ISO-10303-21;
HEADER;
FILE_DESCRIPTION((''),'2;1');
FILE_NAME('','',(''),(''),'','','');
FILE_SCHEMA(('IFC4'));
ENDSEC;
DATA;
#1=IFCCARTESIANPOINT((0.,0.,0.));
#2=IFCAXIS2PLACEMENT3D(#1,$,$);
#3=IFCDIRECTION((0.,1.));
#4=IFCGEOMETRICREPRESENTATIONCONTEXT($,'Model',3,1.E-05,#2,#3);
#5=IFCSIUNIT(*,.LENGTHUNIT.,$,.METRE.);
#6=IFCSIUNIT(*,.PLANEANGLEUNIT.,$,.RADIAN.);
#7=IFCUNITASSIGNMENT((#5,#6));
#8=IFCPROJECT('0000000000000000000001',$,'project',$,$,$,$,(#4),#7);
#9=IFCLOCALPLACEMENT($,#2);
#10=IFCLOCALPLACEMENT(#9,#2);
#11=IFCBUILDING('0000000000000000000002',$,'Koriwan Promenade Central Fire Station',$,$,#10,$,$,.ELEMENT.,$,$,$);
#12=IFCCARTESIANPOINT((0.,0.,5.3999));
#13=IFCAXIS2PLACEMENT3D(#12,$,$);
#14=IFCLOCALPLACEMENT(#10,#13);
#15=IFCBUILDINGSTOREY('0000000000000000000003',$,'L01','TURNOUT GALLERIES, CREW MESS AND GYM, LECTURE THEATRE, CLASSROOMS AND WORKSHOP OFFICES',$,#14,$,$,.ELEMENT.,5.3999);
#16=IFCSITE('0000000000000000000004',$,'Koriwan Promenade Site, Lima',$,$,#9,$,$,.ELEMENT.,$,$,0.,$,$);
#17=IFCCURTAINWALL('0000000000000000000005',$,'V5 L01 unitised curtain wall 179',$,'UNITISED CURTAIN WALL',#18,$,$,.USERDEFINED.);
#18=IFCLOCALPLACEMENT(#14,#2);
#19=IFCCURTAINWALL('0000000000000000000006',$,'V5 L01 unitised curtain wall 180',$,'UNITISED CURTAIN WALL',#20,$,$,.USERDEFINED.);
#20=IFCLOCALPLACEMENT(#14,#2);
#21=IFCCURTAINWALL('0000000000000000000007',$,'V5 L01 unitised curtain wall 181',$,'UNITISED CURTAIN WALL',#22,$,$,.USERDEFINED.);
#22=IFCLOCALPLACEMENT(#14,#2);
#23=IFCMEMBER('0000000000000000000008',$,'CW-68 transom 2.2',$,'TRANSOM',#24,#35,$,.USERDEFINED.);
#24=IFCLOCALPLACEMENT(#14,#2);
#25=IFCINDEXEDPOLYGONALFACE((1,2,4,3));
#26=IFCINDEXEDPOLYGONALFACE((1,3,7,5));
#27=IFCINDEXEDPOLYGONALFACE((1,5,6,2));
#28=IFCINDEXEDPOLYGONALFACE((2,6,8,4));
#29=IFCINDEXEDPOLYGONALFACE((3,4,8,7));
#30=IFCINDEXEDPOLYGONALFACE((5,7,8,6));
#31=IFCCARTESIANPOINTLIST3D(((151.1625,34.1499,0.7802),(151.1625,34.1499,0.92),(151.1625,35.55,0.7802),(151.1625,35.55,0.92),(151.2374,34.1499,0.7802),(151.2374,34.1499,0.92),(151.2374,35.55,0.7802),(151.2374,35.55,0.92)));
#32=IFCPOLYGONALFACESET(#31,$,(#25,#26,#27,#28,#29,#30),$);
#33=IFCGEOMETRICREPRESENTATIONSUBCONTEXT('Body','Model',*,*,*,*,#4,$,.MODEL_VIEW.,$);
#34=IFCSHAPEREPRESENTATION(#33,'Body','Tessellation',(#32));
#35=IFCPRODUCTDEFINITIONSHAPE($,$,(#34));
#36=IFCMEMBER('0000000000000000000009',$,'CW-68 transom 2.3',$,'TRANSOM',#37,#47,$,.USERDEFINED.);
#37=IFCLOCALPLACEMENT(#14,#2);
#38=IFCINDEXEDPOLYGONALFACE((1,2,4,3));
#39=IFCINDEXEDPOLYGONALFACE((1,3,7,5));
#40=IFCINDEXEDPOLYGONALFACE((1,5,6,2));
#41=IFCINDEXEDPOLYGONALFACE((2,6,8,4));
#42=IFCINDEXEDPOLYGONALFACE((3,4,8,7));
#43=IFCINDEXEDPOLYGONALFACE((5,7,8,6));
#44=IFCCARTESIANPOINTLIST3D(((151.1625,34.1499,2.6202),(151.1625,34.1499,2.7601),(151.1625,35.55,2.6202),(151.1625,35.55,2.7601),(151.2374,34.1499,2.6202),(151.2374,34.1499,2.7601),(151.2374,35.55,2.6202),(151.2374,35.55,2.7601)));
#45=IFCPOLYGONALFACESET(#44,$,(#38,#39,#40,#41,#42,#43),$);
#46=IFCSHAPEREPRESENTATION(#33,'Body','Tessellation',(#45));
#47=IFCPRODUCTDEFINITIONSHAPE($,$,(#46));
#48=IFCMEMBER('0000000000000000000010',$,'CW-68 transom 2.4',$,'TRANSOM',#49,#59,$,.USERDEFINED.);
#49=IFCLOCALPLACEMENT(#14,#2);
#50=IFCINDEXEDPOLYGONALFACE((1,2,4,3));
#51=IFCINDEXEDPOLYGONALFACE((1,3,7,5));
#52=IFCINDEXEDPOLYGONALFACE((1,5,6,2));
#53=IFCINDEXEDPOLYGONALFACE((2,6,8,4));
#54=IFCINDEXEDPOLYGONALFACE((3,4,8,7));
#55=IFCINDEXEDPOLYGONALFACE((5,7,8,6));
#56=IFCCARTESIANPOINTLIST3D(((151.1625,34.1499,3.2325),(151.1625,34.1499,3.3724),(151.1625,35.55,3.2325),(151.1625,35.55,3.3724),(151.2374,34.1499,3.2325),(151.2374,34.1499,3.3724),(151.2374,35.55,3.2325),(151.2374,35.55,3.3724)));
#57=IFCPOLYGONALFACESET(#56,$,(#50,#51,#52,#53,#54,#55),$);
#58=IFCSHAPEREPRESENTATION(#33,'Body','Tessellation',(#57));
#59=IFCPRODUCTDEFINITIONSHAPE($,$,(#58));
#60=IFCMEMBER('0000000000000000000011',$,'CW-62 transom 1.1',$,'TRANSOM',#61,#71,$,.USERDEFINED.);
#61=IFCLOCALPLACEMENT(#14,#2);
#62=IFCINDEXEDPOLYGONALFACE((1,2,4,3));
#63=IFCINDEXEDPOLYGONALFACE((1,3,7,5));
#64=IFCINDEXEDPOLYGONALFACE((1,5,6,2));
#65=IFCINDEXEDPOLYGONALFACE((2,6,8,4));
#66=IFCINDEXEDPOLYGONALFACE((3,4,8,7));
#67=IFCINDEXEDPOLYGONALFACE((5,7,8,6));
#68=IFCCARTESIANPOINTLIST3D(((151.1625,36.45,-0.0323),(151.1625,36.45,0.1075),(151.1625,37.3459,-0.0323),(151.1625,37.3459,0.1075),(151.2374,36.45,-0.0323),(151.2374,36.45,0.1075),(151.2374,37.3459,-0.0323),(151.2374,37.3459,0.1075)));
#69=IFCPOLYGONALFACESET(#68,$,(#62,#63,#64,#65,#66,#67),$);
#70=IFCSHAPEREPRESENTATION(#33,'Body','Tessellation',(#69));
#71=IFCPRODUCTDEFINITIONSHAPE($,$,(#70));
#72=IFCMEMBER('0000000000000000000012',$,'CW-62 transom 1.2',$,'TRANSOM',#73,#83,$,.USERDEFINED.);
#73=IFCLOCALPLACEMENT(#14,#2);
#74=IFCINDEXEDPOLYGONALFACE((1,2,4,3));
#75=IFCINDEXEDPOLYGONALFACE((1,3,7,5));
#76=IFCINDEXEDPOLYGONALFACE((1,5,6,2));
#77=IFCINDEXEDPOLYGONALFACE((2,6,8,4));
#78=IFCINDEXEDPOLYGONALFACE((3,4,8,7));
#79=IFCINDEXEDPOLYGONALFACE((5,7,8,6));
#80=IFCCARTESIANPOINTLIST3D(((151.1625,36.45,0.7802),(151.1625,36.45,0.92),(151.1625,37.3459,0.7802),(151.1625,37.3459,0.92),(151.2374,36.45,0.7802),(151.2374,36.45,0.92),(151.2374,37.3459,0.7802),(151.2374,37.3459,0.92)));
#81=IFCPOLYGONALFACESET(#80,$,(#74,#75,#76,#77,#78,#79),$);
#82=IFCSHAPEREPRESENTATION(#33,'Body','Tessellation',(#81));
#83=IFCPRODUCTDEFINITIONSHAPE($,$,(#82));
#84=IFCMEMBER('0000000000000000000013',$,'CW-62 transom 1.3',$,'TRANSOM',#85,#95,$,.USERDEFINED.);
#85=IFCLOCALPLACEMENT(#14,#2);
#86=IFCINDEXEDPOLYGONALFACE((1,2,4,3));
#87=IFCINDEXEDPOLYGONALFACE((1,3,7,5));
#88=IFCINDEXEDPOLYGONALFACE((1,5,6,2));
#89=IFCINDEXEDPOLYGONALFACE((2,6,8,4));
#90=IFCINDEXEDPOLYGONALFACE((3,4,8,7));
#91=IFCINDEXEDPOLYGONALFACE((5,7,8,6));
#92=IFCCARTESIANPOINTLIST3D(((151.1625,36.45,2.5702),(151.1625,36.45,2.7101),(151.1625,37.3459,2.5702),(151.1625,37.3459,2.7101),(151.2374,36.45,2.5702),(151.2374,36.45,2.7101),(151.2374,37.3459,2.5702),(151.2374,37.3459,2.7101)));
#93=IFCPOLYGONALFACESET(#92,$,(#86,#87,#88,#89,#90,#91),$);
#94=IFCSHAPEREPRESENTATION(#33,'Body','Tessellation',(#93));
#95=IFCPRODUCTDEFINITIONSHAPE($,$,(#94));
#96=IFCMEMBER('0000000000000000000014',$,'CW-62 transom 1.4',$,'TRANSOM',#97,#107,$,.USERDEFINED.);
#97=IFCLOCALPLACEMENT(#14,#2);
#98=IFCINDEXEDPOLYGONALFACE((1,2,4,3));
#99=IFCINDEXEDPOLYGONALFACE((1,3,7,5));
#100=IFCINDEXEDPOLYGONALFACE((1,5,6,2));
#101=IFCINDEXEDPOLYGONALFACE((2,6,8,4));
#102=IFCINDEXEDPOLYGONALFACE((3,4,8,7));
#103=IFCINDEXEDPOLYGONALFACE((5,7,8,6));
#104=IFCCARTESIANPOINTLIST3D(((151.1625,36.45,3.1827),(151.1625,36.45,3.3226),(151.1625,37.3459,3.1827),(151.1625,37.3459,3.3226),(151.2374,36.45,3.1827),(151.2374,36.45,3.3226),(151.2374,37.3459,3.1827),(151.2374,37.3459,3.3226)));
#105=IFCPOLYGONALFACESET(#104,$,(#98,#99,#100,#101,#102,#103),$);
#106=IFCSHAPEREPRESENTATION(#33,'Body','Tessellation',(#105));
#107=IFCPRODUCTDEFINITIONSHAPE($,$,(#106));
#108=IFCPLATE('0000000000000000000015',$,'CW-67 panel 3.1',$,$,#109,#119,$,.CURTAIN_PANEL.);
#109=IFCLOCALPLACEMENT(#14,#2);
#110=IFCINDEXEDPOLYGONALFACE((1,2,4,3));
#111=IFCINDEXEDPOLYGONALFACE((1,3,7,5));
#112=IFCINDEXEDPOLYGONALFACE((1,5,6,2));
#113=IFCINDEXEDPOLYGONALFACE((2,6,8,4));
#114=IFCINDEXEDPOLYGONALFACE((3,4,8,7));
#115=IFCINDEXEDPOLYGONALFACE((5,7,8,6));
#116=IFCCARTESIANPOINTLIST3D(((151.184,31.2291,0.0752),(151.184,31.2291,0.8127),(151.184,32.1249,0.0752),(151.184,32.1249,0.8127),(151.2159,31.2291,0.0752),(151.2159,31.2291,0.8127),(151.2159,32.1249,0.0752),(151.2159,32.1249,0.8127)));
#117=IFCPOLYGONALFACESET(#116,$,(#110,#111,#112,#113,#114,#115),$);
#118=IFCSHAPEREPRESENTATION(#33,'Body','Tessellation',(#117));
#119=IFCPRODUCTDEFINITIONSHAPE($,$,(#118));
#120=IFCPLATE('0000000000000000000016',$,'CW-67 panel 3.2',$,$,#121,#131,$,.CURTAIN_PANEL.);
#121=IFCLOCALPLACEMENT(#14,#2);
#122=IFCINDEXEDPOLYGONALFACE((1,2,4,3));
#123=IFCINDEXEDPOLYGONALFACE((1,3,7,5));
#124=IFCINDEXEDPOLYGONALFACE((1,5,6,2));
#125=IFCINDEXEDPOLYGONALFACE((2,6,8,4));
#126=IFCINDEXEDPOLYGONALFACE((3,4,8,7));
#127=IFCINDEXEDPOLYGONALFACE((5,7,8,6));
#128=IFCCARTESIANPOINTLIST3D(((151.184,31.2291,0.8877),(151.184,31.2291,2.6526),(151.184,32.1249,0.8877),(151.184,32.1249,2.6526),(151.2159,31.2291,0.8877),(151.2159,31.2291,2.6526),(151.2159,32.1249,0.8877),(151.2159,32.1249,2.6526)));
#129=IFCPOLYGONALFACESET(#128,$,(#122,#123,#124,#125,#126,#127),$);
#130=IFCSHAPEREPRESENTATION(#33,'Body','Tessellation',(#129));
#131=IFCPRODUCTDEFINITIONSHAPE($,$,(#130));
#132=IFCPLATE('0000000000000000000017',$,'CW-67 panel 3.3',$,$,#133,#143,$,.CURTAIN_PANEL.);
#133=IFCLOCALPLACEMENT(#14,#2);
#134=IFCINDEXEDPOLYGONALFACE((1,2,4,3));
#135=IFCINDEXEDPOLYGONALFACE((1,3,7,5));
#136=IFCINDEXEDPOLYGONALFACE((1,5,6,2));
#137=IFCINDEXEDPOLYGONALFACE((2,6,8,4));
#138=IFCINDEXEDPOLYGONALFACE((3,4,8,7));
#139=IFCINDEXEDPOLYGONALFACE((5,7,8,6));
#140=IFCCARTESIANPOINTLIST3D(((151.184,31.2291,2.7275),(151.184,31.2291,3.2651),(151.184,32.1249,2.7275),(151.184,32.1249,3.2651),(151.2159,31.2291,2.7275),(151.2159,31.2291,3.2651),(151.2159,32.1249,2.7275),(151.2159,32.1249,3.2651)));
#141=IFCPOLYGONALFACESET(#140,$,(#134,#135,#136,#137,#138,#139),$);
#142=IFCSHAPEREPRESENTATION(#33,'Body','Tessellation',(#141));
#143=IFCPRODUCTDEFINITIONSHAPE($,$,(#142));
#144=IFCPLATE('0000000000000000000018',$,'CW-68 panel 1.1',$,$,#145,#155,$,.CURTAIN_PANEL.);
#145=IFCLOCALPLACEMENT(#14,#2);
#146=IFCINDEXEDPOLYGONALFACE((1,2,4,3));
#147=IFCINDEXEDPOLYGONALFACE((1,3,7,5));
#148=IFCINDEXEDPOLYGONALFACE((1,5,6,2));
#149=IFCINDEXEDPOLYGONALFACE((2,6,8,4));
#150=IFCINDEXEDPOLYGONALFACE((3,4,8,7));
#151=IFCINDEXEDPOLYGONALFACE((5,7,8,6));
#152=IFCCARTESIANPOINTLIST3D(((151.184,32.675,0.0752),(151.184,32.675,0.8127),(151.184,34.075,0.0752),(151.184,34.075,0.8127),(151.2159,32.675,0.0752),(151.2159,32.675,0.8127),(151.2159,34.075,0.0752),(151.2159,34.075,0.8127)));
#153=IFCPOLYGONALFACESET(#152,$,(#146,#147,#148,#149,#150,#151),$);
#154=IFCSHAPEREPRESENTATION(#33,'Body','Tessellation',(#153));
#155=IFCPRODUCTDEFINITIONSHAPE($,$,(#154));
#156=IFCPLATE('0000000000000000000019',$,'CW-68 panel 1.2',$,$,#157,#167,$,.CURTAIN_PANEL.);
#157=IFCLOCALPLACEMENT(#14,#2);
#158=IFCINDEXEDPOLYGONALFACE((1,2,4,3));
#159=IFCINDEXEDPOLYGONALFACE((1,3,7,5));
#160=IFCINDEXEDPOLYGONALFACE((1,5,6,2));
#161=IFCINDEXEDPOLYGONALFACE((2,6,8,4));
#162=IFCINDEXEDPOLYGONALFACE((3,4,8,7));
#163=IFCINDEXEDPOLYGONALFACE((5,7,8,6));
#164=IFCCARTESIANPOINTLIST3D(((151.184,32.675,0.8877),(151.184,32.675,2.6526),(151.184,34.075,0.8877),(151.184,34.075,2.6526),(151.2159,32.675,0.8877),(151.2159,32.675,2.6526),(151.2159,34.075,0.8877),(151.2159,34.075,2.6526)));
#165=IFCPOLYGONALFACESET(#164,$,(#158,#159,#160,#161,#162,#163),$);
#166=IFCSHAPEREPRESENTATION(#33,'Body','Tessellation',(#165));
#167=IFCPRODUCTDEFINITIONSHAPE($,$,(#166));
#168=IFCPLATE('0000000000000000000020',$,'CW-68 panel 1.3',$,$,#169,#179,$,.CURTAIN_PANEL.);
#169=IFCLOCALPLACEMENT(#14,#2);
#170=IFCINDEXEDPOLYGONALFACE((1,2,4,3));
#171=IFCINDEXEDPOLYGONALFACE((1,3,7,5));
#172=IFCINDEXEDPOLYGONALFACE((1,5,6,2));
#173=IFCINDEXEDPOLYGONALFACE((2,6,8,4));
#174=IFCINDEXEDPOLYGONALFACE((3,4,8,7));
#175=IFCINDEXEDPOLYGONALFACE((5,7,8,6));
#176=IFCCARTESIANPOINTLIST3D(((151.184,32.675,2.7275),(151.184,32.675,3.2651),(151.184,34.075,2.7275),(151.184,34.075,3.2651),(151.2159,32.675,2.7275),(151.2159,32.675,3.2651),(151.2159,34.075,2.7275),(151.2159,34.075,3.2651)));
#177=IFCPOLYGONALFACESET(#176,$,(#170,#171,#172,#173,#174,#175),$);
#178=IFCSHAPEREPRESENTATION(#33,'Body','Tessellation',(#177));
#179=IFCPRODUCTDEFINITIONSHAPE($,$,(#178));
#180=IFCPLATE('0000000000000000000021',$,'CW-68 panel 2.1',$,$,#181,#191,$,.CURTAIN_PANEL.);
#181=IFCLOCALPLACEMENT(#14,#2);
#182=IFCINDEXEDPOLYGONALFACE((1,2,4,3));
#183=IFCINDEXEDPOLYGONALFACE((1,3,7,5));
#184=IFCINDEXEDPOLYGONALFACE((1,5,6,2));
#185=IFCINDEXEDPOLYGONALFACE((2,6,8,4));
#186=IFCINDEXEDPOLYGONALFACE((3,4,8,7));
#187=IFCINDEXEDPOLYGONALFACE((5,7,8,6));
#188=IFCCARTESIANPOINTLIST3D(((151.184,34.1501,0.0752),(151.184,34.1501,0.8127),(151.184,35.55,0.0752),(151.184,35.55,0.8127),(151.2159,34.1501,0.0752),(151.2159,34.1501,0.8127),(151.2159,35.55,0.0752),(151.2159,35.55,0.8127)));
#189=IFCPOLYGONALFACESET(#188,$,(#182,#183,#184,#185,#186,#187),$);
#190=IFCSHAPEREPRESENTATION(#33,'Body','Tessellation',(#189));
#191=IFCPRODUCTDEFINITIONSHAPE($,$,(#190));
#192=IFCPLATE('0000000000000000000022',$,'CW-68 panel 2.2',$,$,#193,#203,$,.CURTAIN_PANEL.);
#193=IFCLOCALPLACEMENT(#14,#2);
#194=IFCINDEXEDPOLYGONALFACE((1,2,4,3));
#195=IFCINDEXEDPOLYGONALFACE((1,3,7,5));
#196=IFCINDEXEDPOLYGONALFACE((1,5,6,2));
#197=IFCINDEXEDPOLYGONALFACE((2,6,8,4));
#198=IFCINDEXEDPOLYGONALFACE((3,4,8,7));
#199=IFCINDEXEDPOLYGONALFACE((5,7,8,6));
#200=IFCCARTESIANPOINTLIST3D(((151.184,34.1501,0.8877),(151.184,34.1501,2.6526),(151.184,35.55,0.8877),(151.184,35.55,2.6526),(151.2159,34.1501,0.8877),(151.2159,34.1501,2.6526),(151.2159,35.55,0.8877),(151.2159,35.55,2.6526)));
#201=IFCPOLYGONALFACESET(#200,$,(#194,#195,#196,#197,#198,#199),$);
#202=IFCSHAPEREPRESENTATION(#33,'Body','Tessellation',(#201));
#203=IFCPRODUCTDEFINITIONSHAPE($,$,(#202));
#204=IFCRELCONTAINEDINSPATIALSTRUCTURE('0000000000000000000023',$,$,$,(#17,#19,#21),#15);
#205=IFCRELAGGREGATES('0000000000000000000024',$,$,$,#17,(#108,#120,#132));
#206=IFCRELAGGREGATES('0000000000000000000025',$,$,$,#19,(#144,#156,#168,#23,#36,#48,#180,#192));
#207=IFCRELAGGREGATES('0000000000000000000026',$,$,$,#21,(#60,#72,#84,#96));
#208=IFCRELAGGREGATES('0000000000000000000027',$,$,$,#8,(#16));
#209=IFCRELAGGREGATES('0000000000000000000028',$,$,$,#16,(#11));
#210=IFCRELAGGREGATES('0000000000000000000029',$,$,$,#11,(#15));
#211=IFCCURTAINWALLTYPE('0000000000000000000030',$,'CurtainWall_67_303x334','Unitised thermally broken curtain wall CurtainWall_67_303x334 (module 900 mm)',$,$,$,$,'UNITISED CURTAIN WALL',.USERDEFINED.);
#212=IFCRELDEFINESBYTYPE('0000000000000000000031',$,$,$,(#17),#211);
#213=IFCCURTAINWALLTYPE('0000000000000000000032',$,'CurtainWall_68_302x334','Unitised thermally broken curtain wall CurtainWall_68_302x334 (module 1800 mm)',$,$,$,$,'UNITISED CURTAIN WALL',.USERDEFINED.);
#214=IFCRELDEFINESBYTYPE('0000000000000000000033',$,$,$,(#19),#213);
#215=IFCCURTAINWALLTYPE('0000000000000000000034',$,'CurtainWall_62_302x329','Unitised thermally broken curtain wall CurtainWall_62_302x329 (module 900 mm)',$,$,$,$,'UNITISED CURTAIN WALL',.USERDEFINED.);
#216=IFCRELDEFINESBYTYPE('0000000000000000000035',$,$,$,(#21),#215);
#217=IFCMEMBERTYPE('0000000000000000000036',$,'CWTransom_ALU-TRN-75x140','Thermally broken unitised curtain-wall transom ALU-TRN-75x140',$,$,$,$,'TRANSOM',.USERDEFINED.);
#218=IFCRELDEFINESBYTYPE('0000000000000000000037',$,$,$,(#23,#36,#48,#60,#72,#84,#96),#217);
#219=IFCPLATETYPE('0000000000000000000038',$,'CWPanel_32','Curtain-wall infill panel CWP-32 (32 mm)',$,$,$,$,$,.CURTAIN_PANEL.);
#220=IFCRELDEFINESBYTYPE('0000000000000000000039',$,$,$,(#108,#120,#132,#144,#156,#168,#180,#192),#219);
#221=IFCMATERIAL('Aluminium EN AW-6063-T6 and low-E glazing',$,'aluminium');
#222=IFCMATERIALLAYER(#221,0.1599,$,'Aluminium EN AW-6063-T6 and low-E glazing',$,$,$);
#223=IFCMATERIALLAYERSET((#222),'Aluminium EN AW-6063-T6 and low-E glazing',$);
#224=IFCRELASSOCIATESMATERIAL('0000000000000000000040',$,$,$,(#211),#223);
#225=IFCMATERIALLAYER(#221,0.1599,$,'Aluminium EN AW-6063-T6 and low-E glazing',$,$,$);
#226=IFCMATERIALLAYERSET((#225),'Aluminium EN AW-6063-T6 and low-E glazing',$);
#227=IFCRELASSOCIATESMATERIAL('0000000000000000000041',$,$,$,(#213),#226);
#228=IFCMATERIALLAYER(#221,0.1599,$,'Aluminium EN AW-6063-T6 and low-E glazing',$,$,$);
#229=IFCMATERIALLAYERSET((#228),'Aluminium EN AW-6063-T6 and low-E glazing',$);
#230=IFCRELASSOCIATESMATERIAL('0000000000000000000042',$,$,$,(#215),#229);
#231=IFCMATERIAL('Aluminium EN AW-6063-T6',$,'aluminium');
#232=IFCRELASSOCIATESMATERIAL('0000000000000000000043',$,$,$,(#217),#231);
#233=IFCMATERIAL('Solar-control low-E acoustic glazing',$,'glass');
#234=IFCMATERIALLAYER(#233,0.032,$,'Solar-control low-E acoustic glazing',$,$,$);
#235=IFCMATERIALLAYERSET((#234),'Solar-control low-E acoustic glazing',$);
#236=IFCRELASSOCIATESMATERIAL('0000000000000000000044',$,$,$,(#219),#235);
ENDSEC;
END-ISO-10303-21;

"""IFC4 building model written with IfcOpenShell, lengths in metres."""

from ifc_helpers import new_model, si_unit, direction, frame, origin, origin_2d, place, context, subcontext, project, spatial, rectangle, extrude, material, layer, layer_set, material_profile, profile_set, type_object, element, aggregate, save


model = new_model("IFC4")

# Units and contexts
model_context = context("Model", 3, precision=1e-05, world=origin(), true_north=direction((0.0, 1.0)))
body_context = subcontext(model_context, "Body", "Model", "MODEL_VIEW")
ifc_project = project(units=[si_unit("LENGTHUNIT", "METRE"), si_unit("PLANEANGLEUNIT", "RADIAN")], contexts=[model_context])

# Site, building, storey
site_placement = place(None, origin())
site = spatial("IfcSite", under=ifc_project, at=site_placement, Name="Koriwan Promenade Site, Lima", CompositionType="ELEMENT", RefElevation=0.0)
building_placement = place(site_placement, origin())
building = spatial("IfcBuilding", under=site, at=building_placement, Name="Koriwan Promenade Central Fire Station", CompositionType="ELEMENT")
storey_placement = place(building_placement, frame((0.0, 0.0, 5.3999)))
storey = spatial("IfcBuildingStorey", under=building, at=storey_placement, Name="L01", Description="TURNOUT GALLERIES, CREW MESS AND GYM, LECTURE THEATRE, CLASSROOMS AND WORKSHOP OFFICES", CompositionType="ELEMENT", Elevation=5.3999)

# Curtain wall
ifc_material_1 = material(Name="Aluminium EN AW-6063-T6 and low-E glazing", Category="aluminium")
ifc_layer_1 = layer(ifc_material_1, 0.1599, Name="Aluminium EN AW-6063-T6 and low-E glazing")
ifc_layer_set_1 = layer_set([ifc_layer_1], Name="Aluminium EN AW-6063-T6 and low-E glazing")
curtain_wall_type_1 = type_object("IfcCurtainWallType", Name="CurtainWall_67_303x334", Description="Unitised thermally broken curtain wall CurtainWall_67_303x334 (module 900 mm)", ElementType="UNITISED CURTAIN WALL", PredefinedType="USERDEFINED", material=ifc_layer_set_1)
curtain_wall_1_placement = place(storey_placement, origin())
curtain_wall_1 = element("IfcCurtainWall", 1, at=curtain_wall_1_placement, inside=storey, type_object=curtain_wall_type_1, Name="V5 L01 unitised curtain wall 179", ObjectType="UNITISED CURTAIN WALL", PredefinedType="USERDEFINED")
ifc_material_2 = material(Name="Aluminium EN AW-6063-T6", Category="aluminium")

# Curtain wall
ifc_layer_2 = layer(ifc_material_1, 0.1599, Name="Aluminium EN AW-6063-T6 and low-E glazing")
ifc_layer_set_2 = layer_set([ifc_layer_2], Name="Aluminium EN AW-6063-T6 and low-E glazing")
curtain_wall_type_2 = type_object("IfcCurtainWallType", Name="CurtainWall_68_302x334", Description="Unitised thermally broken curtain wall CurtainWall_68_302x334 (module 1800 mm)", ElementType="UNITISED CURTAIN WALL", PredefinedType="USERDEFINED", material=ifc_layer_set_2)
curtain_wall_2_placement = place(storey_placement, origin())
curtain_wall_2 = element("IfcCurtainWall", 2, at=curtain_wall_2_placement, inside=storey, type_object=curtain_wall_type_2, Name="V5 L01 unitised curtain wall 180", ObjectType="UNITISED CURTAIN WALL", PredefinedType="USERDEFINED")

# Curtain wall
ifc_layer_3 = layer(ifc_material_1, 0.1599, Name="Aluminium EN AW-6063-T6 and low-E glazing")
ifc_layer_set_3 = layer_set([ifc_layer_3], Name="Aluminium EN AW-6063-T6 and low-E glazing")
curtain_wall_type_3 = type_object("IfcCurtainWallType", Name="CurtainWall_62_302x329", Description="Unitised thermally broken curtain wall CurtainWall_62_302x329 (module 900 mm)", ElementType="UNITISED CURTAIN WALL", PredefinedType="USERDEFINED", material=ifc_layer_set_3)
curtain_wall_3_placement = place(storey_placement, origin())
curtain_wall_3 = element("IfcCurtainWall", 3, at=curtain_wall_3_placement, inside=storey, type_object=curtain_wall_type_3, Name="V5 L01 unitised curtain wall 181", ObjectType="UNITISED CURTAIN WALL", PredefinedType="USERDEFINED")

# Members
ifc_material_profile_1 = material_profile(ifc_material_2, rectangle(XDim=0.075, YDim=0.1399, at=origin_2d()), Name="ALU-TRN-75x140")
ifc_profile_set_1 = profile_set([ifc_material_profile_1], Name="Aluminium EN AW-6063-T6")
member_type_1 = type_object("IfcMemberType", Name="CWTransom_ALU-TRN-75x140", Description="Thermally broken unitised curtain-wall transom ALU-TRN-75x140", ElementType="TRANSOM", PredefinedType="USERDEFINED", material=ifc_profile_set_1)
member_1_placement = place(storey_placement, frame((151.2, 34.1499, 0.8501), z_axis=(0.0, 1.0, 0.0), x_axis=(-1.0, 0.0, 0.0)))
member_1 = element("IfcMember", 4, at=member_1_placement, type_object=member_type_1, Name="CW-68 transom 2.2", ObjectType="TRANSOM", PredefinedType="USERDEFINED", context=body_context, shape_type="SweptSolid", body=[
    extrude(rectangle(XDim=0.075, YDim=0.1399, at=origin_2d()), origin(), (0.0, 0.0, 1.0), 1.4001),
])
member_2_placement = place(storey_placement, frame((151.2, 34.1499, 2.6902), z_axis=(0.0, 1.0, 0.0), x_axis=(-1.0, 0.0, 0.0)))
member_2 = element("IfcMember", 5, at=member_2_placement, type_object=member_type_1, Name="CW-68 transom 2.3", ObjectType="TRANSOM", PredefinedType="USERDEFINED", context=body_context, shape_type="SweptSolid", body=[
    extrude(rectangle(XDim=0.075, YDim=0.1399, at=origin_2d()), origin(), (0.0, 0.0, 1.0), 1.4001),
])
member_3_placement = place(storey_placement, frame((151.2, 34.1499, 3.3025), z_axis=(0.0, 1.0, 0.0), x_axis=(-1.0, 0.0, 0.0)))
member_3 = element("IfcMember", 6, at=member_3_placement, type_object=member_type_1, Name="CW-68 transom 2.4", ObjectType="TRANSOM", PredefinedType="USERDEFINED", context=body_context, shape_type="SweptSolid", body=[
    extrude(rectangle(XDim=0.075, YDim=0.1399, at=origin_2d()), origin(), (0.0, 0.0, 1.0), 1.4001),
])
member_4_placement = place(storey_placement, frame((151.2, 36.45, 0.0376), z_axis=(0.0, 1.0, 0.0), x_axis=(-1.0, 0.0, 0.0)))
member_4 = element("IfcMember", 7, at=member_4_placement, type_object=member_type_1, Name="CW-62 transom 1.1", ObjectType="TRANSOM", PredefinedType="USERDEFINED", context=body_context, shape_type="SweptSolid", body=[
    extrude(rectangle(XDim=0.075, YDim=0.1399, at=origin_2d()), origin(), (0.0, 0.0, 1.0), 0.896),
])
member_5_placement = place(storey_placement, frame((151.2, 36.45, 0.8501), z_axis=(0.0, 1.0, 0.0), x_axis=(-1.0, 0.0, 0.0)))
member_5 = element("IfcMember", 8, at=member_5_placement, type_object=member_type_1, Name="CW-62 transom 1.2", ObjectType="TRANSOM", PredefinedType="USERDEFINED", context=body_context, shape_type="SweptSolid", body=[
    extrude(rectangle(XDim=0.075, YDim=0.1399, at=origin_2d()), origin(), (0.0, 0.0, 1.0), 0.896),
])
member_6_placement = place(storey_placement, frame((151.2, 36.45, 2.6401), z_axis=(0.0, 1.0, 0.0), x_axis=(-1.0, 0.0, 0.0)))
member_6 = element("IfcMember", 9, at=member_6_placement, type_object=member_type_1, Name="CW-62 transom 1.3", ObjectType="TRANSOM", PredefinedType="USERDEFINED", context=body_context, shape_type="SweptSolid", body=[
    extrude(rectangle(XDim=0.075, YDim=0.1399, at=origin_2d()), origin(), (0.0, 0.0, 1.0), 0.896),
])
member_7_placement = place(storey_placement, frame((151.2, 36.45, 3.2527), z_axis=(0.0, 1.0, 0.0), x_axis=(-1.0, 0.0, 0.0)))
member_7 = element("IfcMember", 10, at=member_7_placement, type_object=member_type_1, Name="CW-62 transom 1.4", ObjectType="TRANSOM", PredefinedType="USERDEFINED", context=body_context, shape_type="SweptSolid", body=[
    extrude(rectangle(XDim=0.075, YDim=0.1399, at=origin_2d()), origin(), (0.0, 0.0, 1.0), 0.896),
])

# Plates
ifc_material_3 = material(Name="Solar-control low-E acoustic glazing", Category="glass")
ifc_layer_4 = layer(ifc_material_3, 0.032, Name="Solar-control low-E acoustic glazing")
ifc_layer_set_4 = layer_set([ifc_layer_4], Name="Solar-control low-E acoustic glazing")
plate_type = type_object("IfcPlateType", Name="CWPanel_32", Description="Curtain-wall infill panel CWP-32 (32 mm)", PredefinedType="CURTAIN_PANEL", material=ifc_layer_set_4)
plate_1_placement = place(storey_placement, frame((151.2, 31.677, 0.0752), z_axis=(0.0, 0.0, 1.0), x_axis=(0.0, 1.0, 0.0)))
plate_1 = element("IfcPlate", 11, at=plate_1_placement, type_object=plate_type, Name="CW-67 panel 3.1", PredefinedType="CURTAIN_PANEL", context=body_context, shape_type="SweptSolid", body=[
    extrude(rectangle(XDim=0.8958, YDim=0.032, at=origin_2d()), origin(), (0.0, 0.0, 1.0), 0.7375),
])
plate_2_placement = place(storey_placement, frame((151.2, 31.677, 0.8877), z_axis=(0.0, 0.0, 1.0), x_axis=(0.0, 1.0, 0.0)))
plate_2 = element("IfcPlate", 12, at=plate_2_placement, type_object=plate_type, Name="CW-67 panel 3.2", PredefinedType="CURTAIN_PANEL", context=body_context, shape_type="SweptSolid", body=[
    extrude(rectangle(XDim=0.8958, YDim=0.032, at=origin_2d()), origin(), (0.0, 0.0, 1.0), 1.7649),
])
plate_3_placement = place(storey_placement, frame((151.2, 31.677, 2.7275), z_axis=(0.0, 0.0, 1.0), x_axis=(0.0, 1.0, 0.0)))
plate_3 = element("IfcPlate", 13, at=plate_3_placement, type_object=plate_type, Name="CW-67 panel 3.3", PredefinedType="CURTAIN_PANEL", context=body_context, shape_type="SweptSolid", body=[
    extrude(rectangle(XDim=0.8958, YDim=0.032, at=origin_2d()), origin(), (0.0, 0.0, 1.0), 0.5376),
])
aggregate(curtain_wall_1, [plate_1, plate_2, plate_3])
plate_4_placement = place(storey_placement, frame((151.2, 33.375, 0.0752), z_axis=(0.0, 0.0, 1.0), x_axis=(0.0, 1.0, 0.0)))
plate_4 = element("IfcPlate", 14, at=plate_4_placement, type_object=plate_type, Name="CW-68 panel 1.1", PredefinedType="CURTAIN_PANEL", context=body_context, shape_type="SweptSolid", body=[
    extrude(rectangle(XDim=1.3999, YDim=0.032, at=origin_2d()), origin(), (0.0, 0.0, 1.0), 0.7375),
])
plate_5_placement = place(storey_placement, frame((151.2, 33.375, 0.8877), z_axis=(0.0, 0.0, 1.0), x_axis=(0.0, 1.0, 0.0)))
plate_5 = element("IfcPlate", 15, at=plate_5_placement, type_object=plate_type, Name="CW-68 panel 1.2", PredefinedType="CURTAIN_PANEL", context=body_context, shape_type="SweptSolid", body=[
    extrude(rectangle(XDim=1.3999, YDim=0.032, at=origin_2d()), origin(), (0.0, 0.0, 1.0), 1.7649),
])
plate_6_placement = place(storey_placement, frame((151.2, 33.375, 2.7275), z_axis=(0.0, 0.0, 1.0), x_axis=(0.0, 1.0, 0.0)))
plate_6 = element("IfcPlate", 16, at=plate_6_placement, type_object=plate_type, Name="CW-68 panel 1.3", PredefinedType="CURTAIN_PANEL", context=body_context, shape_type="SweptSolid", body=[
    extrude(rectangle(XDim=1.3999, YDim=0.032, at=origin_2d()), origin(), (0.0, 0.0, 1.0), 0.5376),
])
plate_7_placement = place(storey_placement, frame((151.2, 34.8501, 0.0752), z_axis=(0.0, 0.0, 1.0), x_axis=(0.0, 1.0, 0.0)))
plate_7 = element("IfcPlate", 17, at=plate_7_placement, type_object=plate_type, Name="CW-68 panel 2.1", PredefinedType="CURTAIN_PANEL", context=body_context, shape_type="SweptSolid", body=[
    extrude(rectangle(XDim=1.3999, YDim=0.032, at=origin_2d()), origin(), (0.0, 0.0, 1.0), 0.7375),
])
plate_8_placement = place(storey_placement, frame((151.2, 34.8501, 0.8877), z_axis=(0.0, 0.0, 1.0), x_axis=(0.0, 1.0, 0.0)))
plate_8 = element("IfcPlate", 18, at=plate_8_placement, type_object=plate_type, Name="CW-68 panel 2.2", PredefinedType="CURTAIN_PANEL", context=body_context, shape_type="SweptSolid", body=[
    extrude(rectangle(XDim=1.3999, YDim=0.032, at=origin_2d()), origin(), (0.0, 0.0, 1.0), 1.7649),
])
aggregate(curtain_wall_2, [plate_4, plate_5, plate_6, member_1, member_2, member_3, plate_7, plate_8])
aggregate(curtain_wall_3, [member_4, member_5, member_6, member_7])

save(model, "model.ifc")
